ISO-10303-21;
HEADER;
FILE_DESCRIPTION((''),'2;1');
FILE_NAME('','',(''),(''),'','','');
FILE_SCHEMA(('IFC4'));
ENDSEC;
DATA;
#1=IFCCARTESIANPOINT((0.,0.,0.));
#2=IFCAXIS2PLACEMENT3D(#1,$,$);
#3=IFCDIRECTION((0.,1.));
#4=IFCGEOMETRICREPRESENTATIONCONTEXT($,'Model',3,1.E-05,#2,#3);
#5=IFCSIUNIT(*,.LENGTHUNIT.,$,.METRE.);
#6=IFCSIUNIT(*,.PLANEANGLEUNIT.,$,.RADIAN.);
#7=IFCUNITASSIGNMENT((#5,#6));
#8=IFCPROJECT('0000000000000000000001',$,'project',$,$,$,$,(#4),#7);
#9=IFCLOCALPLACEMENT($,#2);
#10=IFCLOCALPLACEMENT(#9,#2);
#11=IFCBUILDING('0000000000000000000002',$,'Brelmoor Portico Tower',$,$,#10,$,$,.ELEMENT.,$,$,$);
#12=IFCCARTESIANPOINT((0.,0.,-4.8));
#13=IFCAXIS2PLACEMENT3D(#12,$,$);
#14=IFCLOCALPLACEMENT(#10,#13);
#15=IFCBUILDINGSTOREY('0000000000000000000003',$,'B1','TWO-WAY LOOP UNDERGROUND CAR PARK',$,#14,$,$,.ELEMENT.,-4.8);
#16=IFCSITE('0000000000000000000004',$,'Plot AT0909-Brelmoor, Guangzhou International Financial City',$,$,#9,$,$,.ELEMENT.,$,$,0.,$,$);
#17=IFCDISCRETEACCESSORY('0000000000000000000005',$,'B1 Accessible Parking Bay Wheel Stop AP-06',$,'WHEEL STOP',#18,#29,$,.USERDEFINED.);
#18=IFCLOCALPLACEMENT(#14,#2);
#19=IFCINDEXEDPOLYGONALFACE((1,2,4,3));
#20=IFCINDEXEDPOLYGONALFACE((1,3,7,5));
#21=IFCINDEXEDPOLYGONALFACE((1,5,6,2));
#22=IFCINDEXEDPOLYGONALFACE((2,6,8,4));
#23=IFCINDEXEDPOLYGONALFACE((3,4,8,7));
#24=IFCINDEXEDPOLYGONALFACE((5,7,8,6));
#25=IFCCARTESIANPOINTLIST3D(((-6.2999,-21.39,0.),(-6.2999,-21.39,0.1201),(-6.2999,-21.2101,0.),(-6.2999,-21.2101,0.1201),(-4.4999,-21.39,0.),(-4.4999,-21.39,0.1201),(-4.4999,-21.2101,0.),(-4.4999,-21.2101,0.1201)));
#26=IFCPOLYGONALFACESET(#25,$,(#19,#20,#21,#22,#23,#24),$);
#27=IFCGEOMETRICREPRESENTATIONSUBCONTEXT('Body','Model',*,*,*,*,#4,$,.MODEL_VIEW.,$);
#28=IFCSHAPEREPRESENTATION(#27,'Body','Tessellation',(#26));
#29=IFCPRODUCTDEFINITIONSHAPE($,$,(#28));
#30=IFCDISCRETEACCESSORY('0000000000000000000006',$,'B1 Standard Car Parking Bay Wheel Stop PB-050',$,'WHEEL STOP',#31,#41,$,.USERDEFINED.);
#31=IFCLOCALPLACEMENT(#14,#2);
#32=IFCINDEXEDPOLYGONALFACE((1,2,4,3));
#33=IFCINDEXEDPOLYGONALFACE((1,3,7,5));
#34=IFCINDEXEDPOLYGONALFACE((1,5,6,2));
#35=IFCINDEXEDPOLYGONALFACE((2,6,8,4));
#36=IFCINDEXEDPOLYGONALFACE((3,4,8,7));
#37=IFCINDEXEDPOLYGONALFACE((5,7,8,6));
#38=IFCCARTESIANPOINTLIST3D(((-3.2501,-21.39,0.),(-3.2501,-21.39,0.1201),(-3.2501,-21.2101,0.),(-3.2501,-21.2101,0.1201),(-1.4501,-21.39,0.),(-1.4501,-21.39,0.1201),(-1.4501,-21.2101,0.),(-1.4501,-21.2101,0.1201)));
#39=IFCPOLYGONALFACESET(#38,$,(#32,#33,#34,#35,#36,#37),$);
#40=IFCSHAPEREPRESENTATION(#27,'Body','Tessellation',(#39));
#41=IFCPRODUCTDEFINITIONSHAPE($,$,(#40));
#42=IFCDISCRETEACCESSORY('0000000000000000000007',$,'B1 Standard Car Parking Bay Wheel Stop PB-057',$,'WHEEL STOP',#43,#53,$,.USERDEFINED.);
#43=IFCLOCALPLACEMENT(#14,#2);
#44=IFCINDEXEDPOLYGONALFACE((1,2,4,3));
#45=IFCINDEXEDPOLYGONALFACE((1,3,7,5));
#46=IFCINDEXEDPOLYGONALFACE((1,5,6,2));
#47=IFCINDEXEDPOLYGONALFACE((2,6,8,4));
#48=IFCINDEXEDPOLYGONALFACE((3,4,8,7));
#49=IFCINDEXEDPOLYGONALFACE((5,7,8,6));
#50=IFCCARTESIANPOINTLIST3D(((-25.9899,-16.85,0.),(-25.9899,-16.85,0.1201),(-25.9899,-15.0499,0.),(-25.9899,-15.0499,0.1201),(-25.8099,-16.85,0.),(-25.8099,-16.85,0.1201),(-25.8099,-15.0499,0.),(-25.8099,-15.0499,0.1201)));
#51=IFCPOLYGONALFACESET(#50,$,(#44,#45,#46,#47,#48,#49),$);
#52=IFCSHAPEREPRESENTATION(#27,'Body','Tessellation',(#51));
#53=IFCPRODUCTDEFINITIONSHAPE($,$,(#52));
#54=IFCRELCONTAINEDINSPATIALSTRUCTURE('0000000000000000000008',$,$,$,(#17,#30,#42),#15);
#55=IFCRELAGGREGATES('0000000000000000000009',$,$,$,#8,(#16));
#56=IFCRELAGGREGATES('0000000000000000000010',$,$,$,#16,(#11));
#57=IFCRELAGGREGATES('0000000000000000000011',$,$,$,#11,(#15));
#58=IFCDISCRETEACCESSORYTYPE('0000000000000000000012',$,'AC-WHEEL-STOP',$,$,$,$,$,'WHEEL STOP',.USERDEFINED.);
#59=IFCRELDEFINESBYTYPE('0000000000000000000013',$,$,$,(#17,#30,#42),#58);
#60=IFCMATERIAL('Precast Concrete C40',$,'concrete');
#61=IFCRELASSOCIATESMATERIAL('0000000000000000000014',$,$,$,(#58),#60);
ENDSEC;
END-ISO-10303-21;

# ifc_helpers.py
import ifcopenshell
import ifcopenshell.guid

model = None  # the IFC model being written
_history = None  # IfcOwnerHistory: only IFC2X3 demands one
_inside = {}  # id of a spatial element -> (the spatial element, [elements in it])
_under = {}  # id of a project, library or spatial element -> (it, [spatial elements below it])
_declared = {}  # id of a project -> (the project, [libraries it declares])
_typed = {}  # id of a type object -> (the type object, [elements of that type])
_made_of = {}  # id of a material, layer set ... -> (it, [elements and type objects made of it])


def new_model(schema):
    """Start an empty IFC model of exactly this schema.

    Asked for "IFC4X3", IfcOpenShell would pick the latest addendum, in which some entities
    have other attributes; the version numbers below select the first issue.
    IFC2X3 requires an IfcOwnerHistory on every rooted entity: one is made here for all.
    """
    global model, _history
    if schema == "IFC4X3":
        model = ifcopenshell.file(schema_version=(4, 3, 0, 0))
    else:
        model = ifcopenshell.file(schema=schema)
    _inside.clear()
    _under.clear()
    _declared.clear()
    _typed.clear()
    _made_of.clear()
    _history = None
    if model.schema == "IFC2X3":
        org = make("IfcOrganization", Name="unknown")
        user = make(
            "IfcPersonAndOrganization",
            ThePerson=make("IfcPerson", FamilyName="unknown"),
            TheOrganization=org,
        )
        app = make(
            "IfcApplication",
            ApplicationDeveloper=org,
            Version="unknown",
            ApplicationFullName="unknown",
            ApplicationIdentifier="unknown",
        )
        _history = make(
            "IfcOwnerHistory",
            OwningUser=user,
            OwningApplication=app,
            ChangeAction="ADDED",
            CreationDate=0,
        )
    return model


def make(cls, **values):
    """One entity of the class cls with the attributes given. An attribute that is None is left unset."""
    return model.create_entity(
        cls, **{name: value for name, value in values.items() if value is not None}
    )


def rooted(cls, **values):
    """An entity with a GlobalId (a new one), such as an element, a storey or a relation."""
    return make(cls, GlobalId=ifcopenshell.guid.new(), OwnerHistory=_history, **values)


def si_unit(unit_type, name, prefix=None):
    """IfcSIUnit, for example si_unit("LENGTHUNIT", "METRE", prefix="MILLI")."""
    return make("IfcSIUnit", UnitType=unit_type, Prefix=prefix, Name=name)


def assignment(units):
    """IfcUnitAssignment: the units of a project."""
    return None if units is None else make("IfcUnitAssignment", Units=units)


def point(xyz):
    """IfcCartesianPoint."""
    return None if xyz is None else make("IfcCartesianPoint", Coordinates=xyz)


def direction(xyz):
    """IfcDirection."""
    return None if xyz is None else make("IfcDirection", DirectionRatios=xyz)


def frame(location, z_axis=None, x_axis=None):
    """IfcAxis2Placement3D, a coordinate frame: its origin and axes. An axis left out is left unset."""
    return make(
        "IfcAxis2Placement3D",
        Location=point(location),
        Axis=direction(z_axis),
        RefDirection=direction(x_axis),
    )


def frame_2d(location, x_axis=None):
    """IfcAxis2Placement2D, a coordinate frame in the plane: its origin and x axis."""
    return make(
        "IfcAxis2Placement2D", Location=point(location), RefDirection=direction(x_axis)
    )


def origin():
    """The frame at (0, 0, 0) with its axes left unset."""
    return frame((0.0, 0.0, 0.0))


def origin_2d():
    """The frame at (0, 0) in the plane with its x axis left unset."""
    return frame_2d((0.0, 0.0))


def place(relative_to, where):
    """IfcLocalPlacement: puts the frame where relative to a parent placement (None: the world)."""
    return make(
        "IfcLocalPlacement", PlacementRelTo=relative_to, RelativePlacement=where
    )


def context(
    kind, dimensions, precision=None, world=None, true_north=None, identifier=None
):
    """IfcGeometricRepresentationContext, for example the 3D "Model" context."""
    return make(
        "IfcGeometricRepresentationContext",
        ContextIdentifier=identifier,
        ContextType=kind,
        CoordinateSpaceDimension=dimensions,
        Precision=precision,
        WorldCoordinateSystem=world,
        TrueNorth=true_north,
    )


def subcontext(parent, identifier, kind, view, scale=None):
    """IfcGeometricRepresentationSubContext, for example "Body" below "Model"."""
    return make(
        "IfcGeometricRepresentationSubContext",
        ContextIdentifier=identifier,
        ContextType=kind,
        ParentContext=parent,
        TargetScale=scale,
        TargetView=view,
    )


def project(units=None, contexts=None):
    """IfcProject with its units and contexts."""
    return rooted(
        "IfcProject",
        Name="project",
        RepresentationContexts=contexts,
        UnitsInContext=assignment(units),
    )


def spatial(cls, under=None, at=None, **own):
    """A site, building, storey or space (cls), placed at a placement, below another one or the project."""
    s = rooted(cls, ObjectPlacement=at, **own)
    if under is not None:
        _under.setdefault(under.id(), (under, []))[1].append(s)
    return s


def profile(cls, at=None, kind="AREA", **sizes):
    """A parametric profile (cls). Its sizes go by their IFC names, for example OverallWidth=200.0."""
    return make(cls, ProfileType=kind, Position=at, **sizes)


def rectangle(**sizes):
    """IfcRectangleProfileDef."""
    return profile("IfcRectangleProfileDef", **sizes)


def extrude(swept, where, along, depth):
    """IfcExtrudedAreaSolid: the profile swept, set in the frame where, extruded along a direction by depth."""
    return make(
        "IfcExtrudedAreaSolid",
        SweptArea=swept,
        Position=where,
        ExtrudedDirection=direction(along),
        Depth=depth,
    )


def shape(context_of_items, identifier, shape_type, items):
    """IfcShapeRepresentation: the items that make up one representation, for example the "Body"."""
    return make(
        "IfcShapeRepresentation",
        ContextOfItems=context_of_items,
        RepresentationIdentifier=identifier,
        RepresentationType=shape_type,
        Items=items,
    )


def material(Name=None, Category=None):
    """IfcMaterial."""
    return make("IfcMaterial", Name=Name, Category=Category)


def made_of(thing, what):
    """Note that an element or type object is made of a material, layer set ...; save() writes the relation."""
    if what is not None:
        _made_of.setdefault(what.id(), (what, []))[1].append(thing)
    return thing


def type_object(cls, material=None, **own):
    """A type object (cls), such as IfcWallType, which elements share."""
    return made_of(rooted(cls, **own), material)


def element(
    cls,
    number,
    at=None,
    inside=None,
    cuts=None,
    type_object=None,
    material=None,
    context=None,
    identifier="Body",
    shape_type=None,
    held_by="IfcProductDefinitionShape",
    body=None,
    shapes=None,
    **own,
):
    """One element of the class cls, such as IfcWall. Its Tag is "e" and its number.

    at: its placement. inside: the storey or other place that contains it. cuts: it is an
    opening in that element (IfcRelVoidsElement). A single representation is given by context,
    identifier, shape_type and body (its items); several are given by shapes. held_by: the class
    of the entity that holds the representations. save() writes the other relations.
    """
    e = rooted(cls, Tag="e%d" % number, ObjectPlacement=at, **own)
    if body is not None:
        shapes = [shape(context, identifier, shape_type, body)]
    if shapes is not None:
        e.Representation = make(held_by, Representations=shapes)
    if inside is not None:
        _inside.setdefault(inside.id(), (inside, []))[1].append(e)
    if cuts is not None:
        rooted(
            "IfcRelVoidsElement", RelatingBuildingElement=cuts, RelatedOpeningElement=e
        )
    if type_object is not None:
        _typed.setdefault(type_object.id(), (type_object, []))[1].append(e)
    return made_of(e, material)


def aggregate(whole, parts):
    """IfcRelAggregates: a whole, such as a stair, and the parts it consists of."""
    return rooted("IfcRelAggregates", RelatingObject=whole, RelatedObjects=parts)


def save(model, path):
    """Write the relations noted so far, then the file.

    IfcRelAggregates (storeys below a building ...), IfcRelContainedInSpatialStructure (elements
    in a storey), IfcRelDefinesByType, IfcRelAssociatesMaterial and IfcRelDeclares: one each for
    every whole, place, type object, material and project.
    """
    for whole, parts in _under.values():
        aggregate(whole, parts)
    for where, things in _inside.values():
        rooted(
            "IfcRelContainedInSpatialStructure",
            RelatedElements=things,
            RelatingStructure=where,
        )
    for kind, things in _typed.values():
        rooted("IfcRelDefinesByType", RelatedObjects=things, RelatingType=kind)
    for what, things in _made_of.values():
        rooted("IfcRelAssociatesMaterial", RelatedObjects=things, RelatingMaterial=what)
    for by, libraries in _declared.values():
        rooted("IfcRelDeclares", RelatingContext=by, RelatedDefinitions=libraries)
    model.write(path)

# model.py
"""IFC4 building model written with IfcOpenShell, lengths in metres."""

from ifc_helpers import new_model, si_unit, direction, frame, origin, origin_2d, place, context, subcontext, project, spatial, rectangle, extrude, material, type_object, element, save


model = new_model("IFC4")

# Units and contexts
model_context = context("Model", 3, precision=1e-05, world=origin(), true_north=direction((0.0, 1.0)))
body_context = subcontext(model_context, "Body", "Model", "MODEL_VIEW")
ifc_project = project(units=[si_unit("LENGTHUNIT", "METRE"), si_unit("PLANEANGLEUNIT", "RADIAN")], contexts=[model_context])

# Site, building, storey
site_placement = place(None, origin())
site = spatial("IfcSite", under=ifc_project, at=site_placement, Name="Plot AT0909-Brelmoor, Guangzhou International Financial City", CompositionType="ELEMENT", RefElevation=0.0)
building_placement = place(site_placement, origin())
building = spatial("IfcBuilding", under=site, at=building_placement, Name="Brelmoor Portico Tower", CompositionType="ELEMENT")
storey_placement = place(building_placement, frame((0.0, 0.0, -4.8)))
storey = spatial("IfcBuildingStorey", under=building, at=storey_placement, Name="B1", Description="TWO-WAY LOOP UNDERGROUND CAR PARK", CompositionType="ELEMENT", Elevation=-4.8)

# Discrete accessories
ifc_material_1 = material(Name="Precast Concrete C40", Category="concrete")
discrete_accessory_type = type_object("IfcDiscreteAccessoryType", Name="AC-WHEEL-STOP", ElementType="WHEEL STOP", PredefinedType="USERDEFINED", material=ifc_material_1)
for number, where, z_axis, x_axis, name in (
    (1, (-5.3999, -21.3, 0.0), (0.0, 0.0, 1.0), (1.0, 0.0, 0.0), "B1 Accessible Parking Bay Wheel Stop AP-06"),
    (2, (-2.3501, -21.3, 0.0), (0.0, 0.0, 1.0), (1.0, 0.0, 0.0), "B1 Standard Car Parking Bay Wheel Stop PB-050"),
    (3, (-25.8999, -15.95, 0.0), (0.0, 0.0, 1.0), (0.0, 1.0, 0.0), "B1 Standard Car Parking Bay Wheel Stop PB-057"),
):
    element("IfcDiscreteAccessory", number, at=place(storey_placement, frame(where, z_axis=z_axis, x_axis=x_axis)), inside=storey, type_object=discrete_accessory_type, Name=name, ObjectType="WHEEL STOP", PredefinedType="USERDEFINED", context=body_context, shape_type="SweptSolid", body=[
        extrude(rectangle(XDim=1.8, YDim=0.1799, at=origin_2d()), origin(), (0.0, 0.0, 1.0), 0.1201),
    ])

save(model, "model.ifc")
